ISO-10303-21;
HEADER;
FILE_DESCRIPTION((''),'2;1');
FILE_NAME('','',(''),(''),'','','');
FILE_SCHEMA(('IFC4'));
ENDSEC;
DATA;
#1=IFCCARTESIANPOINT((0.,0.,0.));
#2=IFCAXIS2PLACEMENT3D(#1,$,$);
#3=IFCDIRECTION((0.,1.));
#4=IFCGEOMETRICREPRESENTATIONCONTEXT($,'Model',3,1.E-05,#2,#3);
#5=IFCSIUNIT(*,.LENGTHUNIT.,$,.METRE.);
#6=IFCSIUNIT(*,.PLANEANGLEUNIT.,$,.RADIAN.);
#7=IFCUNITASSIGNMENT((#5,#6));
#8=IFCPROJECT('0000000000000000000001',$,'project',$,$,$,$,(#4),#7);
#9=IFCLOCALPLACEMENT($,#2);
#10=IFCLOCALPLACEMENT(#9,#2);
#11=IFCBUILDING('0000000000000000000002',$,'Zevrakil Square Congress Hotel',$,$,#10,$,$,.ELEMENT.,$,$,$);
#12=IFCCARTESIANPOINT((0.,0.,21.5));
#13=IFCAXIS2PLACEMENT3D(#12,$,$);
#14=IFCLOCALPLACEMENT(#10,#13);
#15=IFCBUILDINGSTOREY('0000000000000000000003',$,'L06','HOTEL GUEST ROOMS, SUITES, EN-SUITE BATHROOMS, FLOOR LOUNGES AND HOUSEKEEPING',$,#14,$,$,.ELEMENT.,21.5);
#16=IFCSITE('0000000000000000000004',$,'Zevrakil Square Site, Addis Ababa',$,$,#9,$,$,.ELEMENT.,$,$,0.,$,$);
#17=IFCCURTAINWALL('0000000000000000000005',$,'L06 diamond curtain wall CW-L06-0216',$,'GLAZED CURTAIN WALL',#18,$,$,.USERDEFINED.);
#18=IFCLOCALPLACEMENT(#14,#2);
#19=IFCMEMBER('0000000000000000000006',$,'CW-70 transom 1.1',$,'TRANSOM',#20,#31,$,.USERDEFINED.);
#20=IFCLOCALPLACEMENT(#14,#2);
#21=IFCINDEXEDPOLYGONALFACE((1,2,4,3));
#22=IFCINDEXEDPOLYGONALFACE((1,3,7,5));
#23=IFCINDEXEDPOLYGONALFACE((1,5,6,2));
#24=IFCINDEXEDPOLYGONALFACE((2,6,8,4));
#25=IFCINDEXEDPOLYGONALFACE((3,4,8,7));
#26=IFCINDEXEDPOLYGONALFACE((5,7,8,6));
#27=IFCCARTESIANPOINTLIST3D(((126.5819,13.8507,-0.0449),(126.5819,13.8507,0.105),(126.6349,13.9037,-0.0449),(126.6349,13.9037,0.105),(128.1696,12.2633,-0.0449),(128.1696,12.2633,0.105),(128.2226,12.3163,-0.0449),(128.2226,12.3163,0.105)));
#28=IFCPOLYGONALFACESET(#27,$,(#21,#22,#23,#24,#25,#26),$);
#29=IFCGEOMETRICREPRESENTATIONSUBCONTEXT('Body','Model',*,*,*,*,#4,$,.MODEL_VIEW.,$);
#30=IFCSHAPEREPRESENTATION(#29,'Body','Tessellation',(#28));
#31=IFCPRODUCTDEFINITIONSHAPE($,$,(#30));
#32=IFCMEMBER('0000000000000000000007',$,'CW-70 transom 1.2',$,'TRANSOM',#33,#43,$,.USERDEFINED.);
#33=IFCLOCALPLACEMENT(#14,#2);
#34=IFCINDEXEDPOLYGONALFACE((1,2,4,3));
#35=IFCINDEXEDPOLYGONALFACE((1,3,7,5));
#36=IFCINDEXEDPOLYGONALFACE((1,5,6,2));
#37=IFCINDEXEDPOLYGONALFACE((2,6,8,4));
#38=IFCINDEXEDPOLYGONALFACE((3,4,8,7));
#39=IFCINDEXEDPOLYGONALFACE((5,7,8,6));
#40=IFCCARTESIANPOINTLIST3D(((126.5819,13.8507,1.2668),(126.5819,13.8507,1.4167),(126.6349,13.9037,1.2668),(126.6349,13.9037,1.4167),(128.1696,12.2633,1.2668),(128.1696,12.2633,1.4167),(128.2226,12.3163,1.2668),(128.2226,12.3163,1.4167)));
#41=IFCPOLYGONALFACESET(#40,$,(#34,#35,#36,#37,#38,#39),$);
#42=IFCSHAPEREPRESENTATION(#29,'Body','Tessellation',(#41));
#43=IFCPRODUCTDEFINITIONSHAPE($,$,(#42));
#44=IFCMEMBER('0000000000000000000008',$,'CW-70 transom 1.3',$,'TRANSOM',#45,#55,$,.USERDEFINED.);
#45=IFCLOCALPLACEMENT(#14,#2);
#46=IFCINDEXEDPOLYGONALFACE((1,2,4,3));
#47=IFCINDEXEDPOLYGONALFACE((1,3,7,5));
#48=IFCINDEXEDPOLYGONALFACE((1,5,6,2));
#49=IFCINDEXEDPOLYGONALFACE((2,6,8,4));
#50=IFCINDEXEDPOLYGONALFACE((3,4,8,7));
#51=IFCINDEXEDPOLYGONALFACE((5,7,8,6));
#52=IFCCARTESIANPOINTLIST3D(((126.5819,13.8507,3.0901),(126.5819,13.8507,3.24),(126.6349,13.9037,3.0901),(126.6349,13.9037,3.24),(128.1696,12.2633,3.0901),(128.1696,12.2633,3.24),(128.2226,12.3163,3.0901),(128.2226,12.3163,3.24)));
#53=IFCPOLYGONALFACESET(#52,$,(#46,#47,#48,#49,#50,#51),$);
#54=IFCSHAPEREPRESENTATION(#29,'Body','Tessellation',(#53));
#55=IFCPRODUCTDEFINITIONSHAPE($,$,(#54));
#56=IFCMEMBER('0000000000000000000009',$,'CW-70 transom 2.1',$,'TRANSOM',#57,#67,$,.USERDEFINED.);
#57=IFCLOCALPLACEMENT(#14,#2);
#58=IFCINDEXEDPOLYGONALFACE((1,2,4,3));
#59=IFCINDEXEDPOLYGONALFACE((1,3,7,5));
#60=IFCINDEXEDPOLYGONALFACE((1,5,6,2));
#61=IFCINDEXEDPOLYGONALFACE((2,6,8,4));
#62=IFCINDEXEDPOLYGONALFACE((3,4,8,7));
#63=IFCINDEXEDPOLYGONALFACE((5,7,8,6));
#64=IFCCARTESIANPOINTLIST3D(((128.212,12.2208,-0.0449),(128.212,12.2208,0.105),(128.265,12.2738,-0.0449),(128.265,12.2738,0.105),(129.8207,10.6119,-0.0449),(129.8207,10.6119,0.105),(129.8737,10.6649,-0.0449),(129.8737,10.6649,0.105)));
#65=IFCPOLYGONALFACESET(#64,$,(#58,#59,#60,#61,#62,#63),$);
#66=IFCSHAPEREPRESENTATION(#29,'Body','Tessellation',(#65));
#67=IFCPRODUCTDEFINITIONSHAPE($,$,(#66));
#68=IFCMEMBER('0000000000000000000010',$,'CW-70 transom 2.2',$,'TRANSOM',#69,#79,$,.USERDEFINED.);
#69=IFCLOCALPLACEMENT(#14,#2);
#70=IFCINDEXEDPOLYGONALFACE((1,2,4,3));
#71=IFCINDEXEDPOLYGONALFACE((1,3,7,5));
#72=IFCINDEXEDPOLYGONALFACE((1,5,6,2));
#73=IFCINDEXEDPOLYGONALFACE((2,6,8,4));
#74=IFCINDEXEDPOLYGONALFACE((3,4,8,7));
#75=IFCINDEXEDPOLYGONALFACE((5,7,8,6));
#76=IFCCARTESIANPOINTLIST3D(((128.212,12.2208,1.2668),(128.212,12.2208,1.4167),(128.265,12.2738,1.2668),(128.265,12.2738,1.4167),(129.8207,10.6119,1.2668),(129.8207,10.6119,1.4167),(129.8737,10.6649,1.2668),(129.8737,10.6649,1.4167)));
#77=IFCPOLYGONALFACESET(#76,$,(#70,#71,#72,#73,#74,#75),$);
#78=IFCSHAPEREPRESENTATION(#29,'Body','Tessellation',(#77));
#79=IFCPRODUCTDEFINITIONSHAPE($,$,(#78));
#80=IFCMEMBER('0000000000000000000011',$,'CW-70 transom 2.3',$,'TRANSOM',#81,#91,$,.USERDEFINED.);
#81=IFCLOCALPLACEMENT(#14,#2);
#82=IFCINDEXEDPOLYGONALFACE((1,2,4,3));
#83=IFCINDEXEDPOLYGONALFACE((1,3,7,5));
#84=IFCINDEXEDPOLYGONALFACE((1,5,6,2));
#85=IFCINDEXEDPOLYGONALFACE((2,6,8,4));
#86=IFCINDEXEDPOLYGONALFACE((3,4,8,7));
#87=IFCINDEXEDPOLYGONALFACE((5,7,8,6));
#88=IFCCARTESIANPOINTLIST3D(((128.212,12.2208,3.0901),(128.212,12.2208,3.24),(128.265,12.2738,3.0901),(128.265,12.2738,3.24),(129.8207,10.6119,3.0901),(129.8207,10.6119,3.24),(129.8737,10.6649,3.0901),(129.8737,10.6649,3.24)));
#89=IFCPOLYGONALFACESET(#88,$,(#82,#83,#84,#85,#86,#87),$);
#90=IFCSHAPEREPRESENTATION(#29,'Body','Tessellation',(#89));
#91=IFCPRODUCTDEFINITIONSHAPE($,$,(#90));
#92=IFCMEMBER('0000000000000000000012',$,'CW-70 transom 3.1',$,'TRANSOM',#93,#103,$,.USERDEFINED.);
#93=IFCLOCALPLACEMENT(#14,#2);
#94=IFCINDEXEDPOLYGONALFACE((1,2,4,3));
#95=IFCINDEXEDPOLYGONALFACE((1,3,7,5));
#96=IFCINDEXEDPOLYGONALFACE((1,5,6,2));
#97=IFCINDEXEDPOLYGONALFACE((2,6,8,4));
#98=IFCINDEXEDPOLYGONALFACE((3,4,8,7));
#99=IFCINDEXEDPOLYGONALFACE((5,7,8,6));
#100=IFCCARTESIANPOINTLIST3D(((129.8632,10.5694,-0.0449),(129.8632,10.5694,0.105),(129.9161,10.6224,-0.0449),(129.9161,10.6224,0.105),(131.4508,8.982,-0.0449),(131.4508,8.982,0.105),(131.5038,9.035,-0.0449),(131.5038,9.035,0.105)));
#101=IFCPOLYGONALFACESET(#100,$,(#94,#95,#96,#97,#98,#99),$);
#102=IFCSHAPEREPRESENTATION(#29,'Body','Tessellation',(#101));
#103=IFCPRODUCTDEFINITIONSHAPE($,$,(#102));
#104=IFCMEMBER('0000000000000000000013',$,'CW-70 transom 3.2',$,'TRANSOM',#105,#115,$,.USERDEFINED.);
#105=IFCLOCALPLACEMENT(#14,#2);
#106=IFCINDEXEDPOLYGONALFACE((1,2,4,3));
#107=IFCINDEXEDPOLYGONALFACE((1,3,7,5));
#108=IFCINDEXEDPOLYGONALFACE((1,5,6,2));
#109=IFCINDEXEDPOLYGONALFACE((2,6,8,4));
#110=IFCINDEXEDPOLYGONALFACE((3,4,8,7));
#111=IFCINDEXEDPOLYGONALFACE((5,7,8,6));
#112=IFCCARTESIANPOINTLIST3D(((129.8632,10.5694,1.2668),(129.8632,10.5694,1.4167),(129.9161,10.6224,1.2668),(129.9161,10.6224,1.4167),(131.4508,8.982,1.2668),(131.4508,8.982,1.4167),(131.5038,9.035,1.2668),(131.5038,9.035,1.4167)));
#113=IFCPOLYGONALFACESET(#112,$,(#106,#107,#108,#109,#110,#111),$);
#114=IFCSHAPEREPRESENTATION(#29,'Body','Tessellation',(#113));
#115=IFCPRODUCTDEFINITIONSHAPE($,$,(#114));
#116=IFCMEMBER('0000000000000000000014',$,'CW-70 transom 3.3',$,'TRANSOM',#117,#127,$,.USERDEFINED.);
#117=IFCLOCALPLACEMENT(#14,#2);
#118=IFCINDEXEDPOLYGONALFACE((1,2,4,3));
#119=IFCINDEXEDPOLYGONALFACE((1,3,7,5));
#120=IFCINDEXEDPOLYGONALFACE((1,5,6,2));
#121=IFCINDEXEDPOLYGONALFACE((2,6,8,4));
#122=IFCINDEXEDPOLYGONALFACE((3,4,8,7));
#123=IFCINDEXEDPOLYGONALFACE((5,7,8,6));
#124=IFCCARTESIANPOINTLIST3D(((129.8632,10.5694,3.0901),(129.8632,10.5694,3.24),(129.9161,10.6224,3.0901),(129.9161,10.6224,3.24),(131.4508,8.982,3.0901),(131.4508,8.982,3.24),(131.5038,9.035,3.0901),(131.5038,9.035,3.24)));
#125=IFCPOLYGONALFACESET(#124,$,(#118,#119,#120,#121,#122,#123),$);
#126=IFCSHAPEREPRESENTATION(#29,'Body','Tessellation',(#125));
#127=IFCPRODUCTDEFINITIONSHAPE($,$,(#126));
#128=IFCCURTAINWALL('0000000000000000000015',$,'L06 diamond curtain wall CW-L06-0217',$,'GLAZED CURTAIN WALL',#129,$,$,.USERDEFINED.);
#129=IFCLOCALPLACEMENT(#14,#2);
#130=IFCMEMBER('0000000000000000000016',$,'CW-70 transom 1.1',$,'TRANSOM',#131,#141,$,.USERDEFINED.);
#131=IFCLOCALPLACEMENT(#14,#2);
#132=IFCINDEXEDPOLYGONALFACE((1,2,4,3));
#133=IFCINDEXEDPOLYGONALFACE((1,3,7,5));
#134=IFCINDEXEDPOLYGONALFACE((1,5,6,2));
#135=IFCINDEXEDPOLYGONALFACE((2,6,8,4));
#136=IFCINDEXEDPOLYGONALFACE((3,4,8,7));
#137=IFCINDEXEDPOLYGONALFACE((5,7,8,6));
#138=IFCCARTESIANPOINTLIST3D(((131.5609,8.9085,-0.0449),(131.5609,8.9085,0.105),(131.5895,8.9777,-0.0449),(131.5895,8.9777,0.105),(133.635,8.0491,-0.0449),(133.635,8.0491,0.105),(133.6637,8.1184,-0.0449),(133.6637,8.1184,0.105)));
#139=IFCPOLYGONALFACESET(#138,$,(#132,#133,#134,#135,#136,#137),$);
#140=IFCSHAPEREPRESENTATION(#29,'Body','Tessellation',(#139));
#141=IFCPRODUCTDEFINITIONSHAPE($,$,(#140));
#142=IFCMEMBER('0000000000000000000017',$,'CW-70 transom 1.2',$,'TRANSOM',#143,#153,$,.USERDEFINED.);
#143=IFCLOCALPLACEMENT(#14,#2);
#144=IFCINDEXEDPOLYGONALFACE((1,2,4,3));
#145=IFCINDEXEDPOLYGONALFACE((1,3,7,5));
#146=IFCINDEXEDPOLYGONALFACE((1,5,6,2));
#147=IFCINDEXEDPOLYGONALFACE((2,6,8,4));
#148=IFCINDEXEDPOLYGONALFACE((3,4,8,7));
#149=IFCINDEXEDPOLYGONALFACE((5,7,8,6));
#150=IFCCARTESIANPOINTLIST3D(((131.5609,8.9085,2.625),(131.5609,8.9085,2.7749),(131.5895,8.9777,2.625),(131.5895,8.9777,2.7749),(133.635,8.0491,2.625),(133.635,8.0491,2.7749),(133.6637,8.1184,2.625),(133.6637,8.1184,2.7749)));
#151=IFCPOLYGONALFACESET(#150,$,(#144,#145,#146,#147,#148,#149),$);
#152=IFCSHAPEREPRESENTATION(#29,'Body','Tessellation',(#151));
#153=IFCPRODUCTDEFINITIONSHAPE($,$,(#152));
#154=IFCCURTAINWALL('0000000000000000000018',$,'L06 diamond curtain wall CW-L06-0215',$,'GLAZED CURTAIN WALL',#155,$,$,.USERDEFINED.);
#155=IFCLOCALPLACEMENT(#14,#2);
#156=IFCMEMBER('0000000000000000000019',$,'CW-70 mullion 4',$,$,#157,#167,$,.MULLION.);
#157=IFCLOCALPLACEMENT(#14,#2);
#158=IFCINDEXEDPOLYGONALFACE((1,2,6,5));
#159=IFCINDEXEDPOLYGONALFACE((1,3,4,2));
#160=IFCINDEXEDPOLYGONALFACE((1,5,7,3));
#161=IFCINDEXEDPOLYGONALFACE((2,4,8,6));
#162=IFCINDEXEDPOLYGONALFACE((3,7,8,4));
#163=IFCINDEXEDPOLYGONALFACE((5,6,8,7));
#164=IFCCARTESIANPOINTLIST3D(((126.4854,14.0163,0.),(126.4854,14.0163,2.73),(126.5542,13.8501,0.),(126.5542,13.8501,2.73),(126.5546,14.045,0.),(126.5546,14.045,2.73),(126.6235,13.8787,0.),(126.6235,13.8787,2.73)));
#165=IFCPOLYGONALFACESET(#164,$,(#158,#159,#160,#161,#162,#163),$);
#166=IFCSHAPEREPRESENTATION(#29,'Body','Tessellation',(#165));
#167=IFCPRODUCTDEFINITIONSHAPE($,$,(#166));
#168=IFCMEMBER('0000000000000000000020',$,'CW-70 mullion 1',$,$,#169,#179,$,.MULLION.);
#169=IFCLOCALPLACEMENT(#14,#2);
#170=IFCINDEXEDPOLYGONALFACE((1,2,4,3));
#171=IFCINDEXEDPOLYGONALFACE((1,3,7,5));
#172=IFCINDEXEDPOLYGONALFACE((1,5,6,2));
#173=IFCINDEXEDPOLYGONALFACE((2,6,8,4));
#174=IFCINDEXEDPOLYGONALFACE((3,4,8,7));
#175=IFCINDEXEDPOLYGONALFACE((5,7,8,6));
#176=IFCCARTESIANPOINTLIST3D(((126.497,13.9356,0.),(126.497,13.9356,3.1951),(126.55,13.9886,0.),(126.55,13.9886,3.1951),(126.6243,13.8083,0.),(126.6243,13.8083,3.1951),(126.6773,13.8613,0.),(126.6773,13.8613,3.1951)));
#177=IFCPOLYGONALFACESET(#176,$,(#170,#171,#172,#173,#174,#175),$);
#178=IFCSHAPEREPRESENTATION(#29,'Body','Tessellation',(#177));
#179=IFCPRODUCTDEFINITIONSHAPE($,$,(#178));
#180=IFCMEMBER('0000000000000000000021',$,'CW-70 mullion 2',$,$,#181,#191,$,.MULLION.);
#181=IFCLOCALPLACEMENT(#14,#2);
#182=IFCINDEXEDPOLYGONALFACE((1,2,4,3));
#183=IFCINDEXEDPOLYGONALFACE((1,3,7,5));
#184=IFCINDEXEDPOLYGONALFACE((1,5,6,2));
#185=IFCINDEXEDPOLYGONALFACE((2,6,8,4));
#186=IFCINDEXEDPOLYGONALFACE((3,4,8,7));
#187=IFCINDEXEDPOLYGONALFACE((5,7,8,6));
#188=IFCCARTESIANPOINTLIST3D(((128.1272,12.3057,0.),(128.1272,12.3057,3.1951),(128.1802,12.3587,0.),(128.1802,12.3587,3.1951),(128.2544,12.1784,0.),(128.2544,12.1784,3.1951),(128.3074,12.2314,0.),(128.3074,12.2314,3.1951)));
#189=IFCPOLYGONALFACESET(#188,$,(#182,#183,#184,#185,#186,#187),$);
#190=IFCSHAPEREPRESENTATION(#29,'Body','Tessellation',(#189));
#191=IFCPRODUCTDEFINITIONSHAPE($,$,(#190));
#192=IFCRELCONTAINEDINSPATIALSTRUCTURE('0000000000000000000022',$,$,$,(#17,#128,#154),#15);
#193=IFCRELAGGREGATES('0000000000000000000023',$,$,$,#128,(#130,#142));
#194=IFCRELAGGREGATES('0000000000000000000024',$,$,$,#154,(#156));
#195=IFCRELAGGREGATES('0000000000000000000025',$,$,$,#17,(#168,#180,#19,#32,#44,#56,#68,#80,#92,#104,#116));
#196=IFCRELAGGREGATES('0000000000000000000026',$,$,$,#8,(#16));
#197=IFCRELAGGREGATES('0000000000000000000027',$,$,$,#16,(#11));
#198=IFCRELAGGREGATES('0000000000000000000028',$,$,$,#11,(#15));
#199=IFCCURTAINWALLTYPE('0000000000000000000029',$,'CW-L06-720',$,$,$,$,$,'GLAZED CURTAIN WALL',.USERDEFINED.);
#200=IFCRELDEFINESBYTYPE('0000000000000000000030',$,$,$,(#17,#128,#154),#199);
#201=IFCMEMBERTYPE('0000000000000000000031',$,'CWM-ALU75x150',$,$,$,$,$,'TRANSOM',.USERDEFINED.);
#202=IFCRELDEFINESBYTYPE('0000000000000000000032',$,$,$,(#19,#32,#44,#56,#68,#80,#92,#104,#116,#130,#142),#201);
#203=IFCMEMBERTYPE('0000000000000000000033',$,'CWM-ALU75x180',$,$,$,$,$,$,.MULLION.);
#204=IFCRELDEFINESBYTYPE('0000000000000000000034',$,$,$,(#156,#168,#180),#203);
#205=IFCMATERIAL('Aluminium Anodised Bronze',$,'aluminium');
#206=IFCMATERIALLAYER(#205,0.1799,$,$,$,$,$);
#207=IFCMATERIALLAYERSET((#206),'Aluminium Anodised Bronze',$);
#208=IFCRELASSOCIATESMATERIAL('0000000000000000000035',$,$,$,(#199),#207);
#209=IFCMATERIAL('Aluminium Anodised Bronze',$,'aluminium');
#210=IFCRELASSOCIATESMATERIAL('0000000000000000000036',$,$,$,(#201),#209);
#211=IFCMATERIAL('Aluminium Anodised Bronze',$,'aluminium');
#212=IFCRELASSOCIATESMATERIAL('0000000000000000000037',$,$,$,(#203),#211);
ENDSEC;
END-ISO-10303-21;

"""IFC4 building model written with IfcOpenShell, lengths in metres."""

from ifc_helpers import new_model, si_unit, direction, frame, origin, origin_2d, place, context, subcontext, project, spatial, rectangle, extrude, material, layer, layer_set, material_profile, profile_set, type_object, element, aggregate, save


model = new_model("IFC4")

# Units and contexts
model_context = context("Model", 3, precision=1e-05, world=origin(), true_north=direction((0.0, 1.0)))
body_context = subcontext(model_context, "Body", "Model", "MODEL_VIEW")
ifc_project = project(units=[si_unit("LENGTHUNIT", "METRE"), si_unit("PLANEANGLEUNIT", "RADIAN")], contexts=[model_context])

# Site, building, storey
site_placement = place(None, origin())
site = spatial("IfcSite", under=ifc_project, at=site_placement, Name="Zevrakil Square Site, Addis Ababa", CompositionType="ELEMENT", RefElevation=0.0)
building_placement = place(site_placement, origin())
building = spatial("IfcBuilding", under=site, at=building_placement, Name="Zevrakil Square Congress Hotel", CompositionType="ELEMENT")
storey_placement = place(building_placement, frame((0.0, 0.0, 21.5)))
storey = spatial("IfcBuildingStorey", under=building, at=storey_placement, Name="L06", Description="HOTEL GUEST ROOMS, SUITES, EN-SUITE BATHROOMS, FLOOR LOUNGES AND HOUSEKEEPING", CompositionType="ELEMENT", Elevation=21.5)

# Curtain walls, members
ifc_material_1 = material(Name="Aluminium Anodised Bronze", Category="aluminium")
ifc_layer_1 = layer(ifc_material_1, 0.1799)
ifc_layer_set_1 = layer_set([ifc_layer_1], Name="Aluminium Anodised Bronze")
curtain_wall_type = type_object("IfcCurtainWallType", Name="CW-L06-720", ElementType="GLAZED CURTAIN WALL", PredefinedType="USERDEFINED", material=ifc_layer_set_1)
curtain_wall_1_placement = place(storey_placement, origin())
curtain_wall_1 = element("IfcCurtainWall", 1, at=curtain_wall_1_placement, inside=storey, type_object=curtain_wall_type, Name="L06 diamond curtain wall CW-L06-0216", ObjectType="GLAZED CURTAIN WALL", PredefinedType="USERDEFINED")
ifc_material_2 = material(Name="Aluminium Anodised Bronze", Category="aluminium")
ifc_material_profile_1 = material_profile(ifc_material_2, rectangle(XDim=0.075, YDim=0.1499, at=origin_2d()), Name="ALU 75x150")
ifc_profile_set_1 = profile_set([ifc_material_profile_1], Name="Aluminium Anodised Bronze")
member_type_1 = type_object("IfcMemberType", Name="CWM-ALU75x150", ElementType="TRANSOM", PredefinedType="USERDEFINED", material=ifc_profile_set_1)
member_1_placement = place(storey_placement, frame((126.6084, 13.8772, 0.03), z_axis=(0.707161, -0.707052, 0.0), x_axis=(0.707052, 0.707161, 0.0)))
member_1 = element("IfcMember", 2, at=member_1_placement, type_object=member_type_1, Name="CW-70 transom 1.1", ObjectType="TRANSOM", PredefinedType="USERDEFINED", context=body_context, shape_type="SweptSolid", body=[
    extrude(rectangle(XDim=0.075, YDim=0.1499, at=origin_2d()), origin(), (0.0, 0.0, 1.0), 2.2451),
])
member_2_placement = place(storey_placement, frame((126.6084, 13.8772, 1.3418), z_axis=(0.707161, -0.707052, 0.0), x_axis=(0.707052, 0.707161, 0.0)))
member_2 = element("IfcMember", 3, at=member_2_placement, type_object=member_type_1, Name="CW-70 transom 1.2", ObjectType="TRANSOM", PredefinedType="USERDEFINED", context=body_context, shape_type="SweptSolid", body=[
    extrude(rectangle(XDim=0.075, YDim=0.1499, at=origin_2d()), origin(), (0.0, 0.0, 1.0), 2.2451),
])
member_3_placement = place(storey_placement, frame((126.6084, 13.8772, 3.165), z_axis=(0.707161, -0.707052, 0.0), x_axis=(0.707052, 0.707161, 0.0)))
member_3 = element("IfcMember", 4, at=member_3_placement, type_object=member_type_1, Name="CW-70 transom 1.3", ObjectType="TRANSOM", PredefinedType="USERDEFINED", context=body_context, shape_type="SweptSolid", body=[
    extrude(rectangle(XDim=0.075, YDim=0.1499, at=origin_2d()), origin(), (0.0, 0.0, 1.0), 2.2451),
])
member_4_placement = place(storey_placement, frame((128.2385, 12.2473, 0.03), z_axis=(0.707053, -0.70716, 0.0), x_axis=(0.70716, 0.707053, 0.0)))
member_4 = element("IfcMember", 5, at=member_4_placement, type_object=member_type_1, Name="CW-70 transom 2.1", ObjectType="TRANSOM", PredefinedType="USERDEFINED", context=body_context, shape_type="SweptSolid", body=[
    extrude(rectangle(XDim=0.075, YDim=0.1499, at=origin_2d()), origin(), (0.0, 0.0, 1.0), 2.2751),
])
member_5_placement = place(storey_placement, frame((128.2385, 12.2473, 1.3418), z_axis=(0.707053, -0.70716, 0.0), x_axis=(0.70716, 0.707053, 0.0)))
member_5 = element("IfcMember", 6, at=member_5_placement, type_object=member_type_1, Name="CW-70 transom 2.2", ObjectType="TRANSOM", PredefinedType="USERDEFINED", context=body_context, shape_type="SweptSolid", body=[
    extrude(rectangle(XDim=0.075, YDim=0.1499, at=origin_2d()), origin(), (0.0, 0.0, 1.0), 2.2751),
])
member_6_placement = place(storey_placement, frame((128.2385, 12.2473, 3.165), z_axis=(0.707053, -0.70716, 0.0), x_axis=(0.70716, 0.707053, 0.0)))
member_6 = element("IfcMember", 7, at=member_6_placement, type_object=member_type_1, Name="CW-70 transom 2.3", ObjectType="TRANSOM", PredefinedType="USERDEFINED", context=body_context, shape_type="SweptSolid", body=[
    extrude(rectangle(XDim=0.075, YDim=0.1499, at=origin_2d()), origin(), (0.0, 0.0, 1.0), 2.2751),
])
member_7_placement = place(storey_placement, frame((129.8896, 10.5959, 0.03), z_axis=(0.707161, -0.707052, 0.0), x_axis=(0.707052, 0.707161, 0.0)))
member_7 = element("IfcMember", 8, at=member_7_placement, type_object=member_type_1, Name="CW-70 transom 3.1", ObjectType="TRANSOM", PredefinedType="USERDEFINED", context=body_context, shape_type="SweptSolid", body=[
    extrude(rectangle(XDim=0.075, YDim=0.1499, at=origin_2d()), origin(), (0.0, 0.0, 1.0), 2.2451),
])
member_8_placement = place(storey_placement, frame((129.8896, 10.5959, 1.3418), z_axis=(0.707161, -0.707052, 0.0), x_axis=(0.707052, 0.707161, 0.0)))
member_8 = element("IfcMember", 9, at=member_8_placement, type_object=member_type_1, Name="CW-70 transom 3.2", ObjectType="TRANSOM", PredefinedType="USERDEFINED", context=body_context, shape_type="SweptSolid", body=[
    extrude(rectangle(XDim=0.075, YDim=0.1499, at=origin_2d()), origin(), (0.0, 0.0, 1.0), 2.2451),
])
member_9_placement = place(storey_placement, frame((129.8896, 10.5959, 3.165), z_axis=(0.707161, -0.707052, 0.0), x_axis=(0.707052, 0.707161, 0.0)))
member_9 = element("IfcMember", 10, at=member_9_placement, type_object=member_type_1, Name="CW-70 transom 3.3", ObjectType="TRANSOM", PredefinedType="USERDEFINED", context=body_context, shape_type="SweptSolid", body=[
    extrude(rectangle(XDim=0.075, YDim=0.1499, at=origin_2d()), origin(), (0.0, 0.0, 1.0), 2.2451),
])
curtain_wall_2_placement = place(storey_placement, origin())
curtain_wall_2 = element("IfcCurtainWall", 11, at=curtain_wall_2_placement, inside=storey, type_object=curtain_wall_type, Name="L06 diamond curtain wall CW-L06-0217", ObjectType="GLAZED CURTAIN WALL", PredefinedType="USERDEFINED")
member_10_placement = place(storey_placement, frame((131.5752, 8.9431, 0.03), z_axis=(0.923847, -0.382762, 0.0), x_axis=(0.382762, 0.923847, 0.0)))
member_10 = element("IfcMember", 12, at=member_10_placement, type_object=member_type_1, Name="CW-70 transom 1.1", ObjectType="TRANSOM", PredefinedType="USERDEFINED", context=body_context, shape_type="SweptSolid", body=[
    extrude(rectangle(XDim=0.075, YDim=0.1499, at=origin_2d()), origin(), (0.0, 0.0, 1.0), 2.2451),
])
member_11_placement = place(storey_placement, frame((131.5752, 8.9431, 2.7), z_axis=(0.923847, -0.382762, 0.0), x_axis=(0.382762, 0.923847, 0.0)))
member_11 = element("IfcMember", 13, at=member_11_placement, type_object=member_type_1, Name="CW-70 transom 1.2", ObjectType="TRANSOM", PredefinedType="USERDEFINED", context=body_context, shape_type="SweptSolid", body=[
    extrude(rectangle(XDim=0.075, YDim=0.1499, at=origin_2d()), origin(), (0.0, 0.0, 1.0), 2.2451),
])

# Curtain wall, member
curtain_wall_3_placement = place(storey_placement, origin())
curtain_wall_3 = element("IfcCurtainWall", 14, at=curtain_wall_3_placement, inside=storey, type_object=curtain_wall_type, Name="L06 diamond curtain wall CW-L06-0215", ObjectType="GLAZED CURTAIN WALL", PredefinedType="USERDEFINED")
ifc_material_3 = material(Name="Aluminium Anodised Bronze", Category="aluminium")
ifc_material_profile_2 = material_profile(ifc_material_3, rectangle(XDim=0.075, YDim=0.1799, at=origin_2d()), Name="ALU 75x180")
ifc_profile_set_2 = profile_set([ifc_material_profile_2], Name="Aluminium Anodised Bronze")
member_type_2 = type_object("IfcMemberType", Name="CWM-ALU75x180", PredefinedType="MULLION", material=ifc_profile_set_2)
member_12_placement = place(storey_placement, frame((126.5544, 13.9475, 0.0), z_axis=(0.0, 0.0, 1.0), x_axis=(0.923879, 0.382684, 0.0)))
member_12 = element("IfcMember", 15, at=member_12_placement, type_object=member_type_2, Name="CW-70 mullion 4", PredefinedType="MULLION", context=body_context, shape_type="SweptSolid", body=[
    extrude(rectangle(XDim=0.075, YDim=0.1799, at=origin_2d()), origin(), (0.0, 0.0, 1.0), 2.73),
])

# Members
member_13_placement = place(storey_placement, frame((126.5872, 13.8984, 0.0), z_axis=(0.0, 0.0, 1.0), x_axis=(0.707107, 0.707107, 0.0)))
member_13 = element("IfcMember", 16, at=member_13_placement, type_object=member_type_2, Name="CW-70 mullion 1", PredefinedType="MULLION", context=body_context, shape_type="SweptSolid", body=[
    extrude(rectangle(XDim=0.075, YDim=0.1799, at=origin_2d()), origin(), (0.0, 0.0, 1.0), 3.1951),
])
member_14_placement = place(storey_placement, frame((128.2173, 12.2686, 0.0), z_axis=(0.0, 0.0, 1.0), x_axis=(0.707107, 0.707107, 0.0)))
member_14 = element("IfcMember", 17, at=member_14_placement, type_object=member_type_2, Name="CW-70 mullion 2", PredefinedType="MULLION", context=body_context, shape_type="SweptSolid", body=[
    extrude(rectangle(XDim=0.075, YDim=0.1799, at=origin_2d()), origin(), (0.0, 0.0, 1.0), 3.1951),
])
aggregate(curtain_wall_2, [member_10, member_11])

aggregate(curtain_wall_3, [member_12])
aggregate(curtain_wall_1, [member_13, member_14, member_1, member_2, member_3, member_4, member_5, member_6, member_7, member_8, member_9])

save(model, "model.ifc")
